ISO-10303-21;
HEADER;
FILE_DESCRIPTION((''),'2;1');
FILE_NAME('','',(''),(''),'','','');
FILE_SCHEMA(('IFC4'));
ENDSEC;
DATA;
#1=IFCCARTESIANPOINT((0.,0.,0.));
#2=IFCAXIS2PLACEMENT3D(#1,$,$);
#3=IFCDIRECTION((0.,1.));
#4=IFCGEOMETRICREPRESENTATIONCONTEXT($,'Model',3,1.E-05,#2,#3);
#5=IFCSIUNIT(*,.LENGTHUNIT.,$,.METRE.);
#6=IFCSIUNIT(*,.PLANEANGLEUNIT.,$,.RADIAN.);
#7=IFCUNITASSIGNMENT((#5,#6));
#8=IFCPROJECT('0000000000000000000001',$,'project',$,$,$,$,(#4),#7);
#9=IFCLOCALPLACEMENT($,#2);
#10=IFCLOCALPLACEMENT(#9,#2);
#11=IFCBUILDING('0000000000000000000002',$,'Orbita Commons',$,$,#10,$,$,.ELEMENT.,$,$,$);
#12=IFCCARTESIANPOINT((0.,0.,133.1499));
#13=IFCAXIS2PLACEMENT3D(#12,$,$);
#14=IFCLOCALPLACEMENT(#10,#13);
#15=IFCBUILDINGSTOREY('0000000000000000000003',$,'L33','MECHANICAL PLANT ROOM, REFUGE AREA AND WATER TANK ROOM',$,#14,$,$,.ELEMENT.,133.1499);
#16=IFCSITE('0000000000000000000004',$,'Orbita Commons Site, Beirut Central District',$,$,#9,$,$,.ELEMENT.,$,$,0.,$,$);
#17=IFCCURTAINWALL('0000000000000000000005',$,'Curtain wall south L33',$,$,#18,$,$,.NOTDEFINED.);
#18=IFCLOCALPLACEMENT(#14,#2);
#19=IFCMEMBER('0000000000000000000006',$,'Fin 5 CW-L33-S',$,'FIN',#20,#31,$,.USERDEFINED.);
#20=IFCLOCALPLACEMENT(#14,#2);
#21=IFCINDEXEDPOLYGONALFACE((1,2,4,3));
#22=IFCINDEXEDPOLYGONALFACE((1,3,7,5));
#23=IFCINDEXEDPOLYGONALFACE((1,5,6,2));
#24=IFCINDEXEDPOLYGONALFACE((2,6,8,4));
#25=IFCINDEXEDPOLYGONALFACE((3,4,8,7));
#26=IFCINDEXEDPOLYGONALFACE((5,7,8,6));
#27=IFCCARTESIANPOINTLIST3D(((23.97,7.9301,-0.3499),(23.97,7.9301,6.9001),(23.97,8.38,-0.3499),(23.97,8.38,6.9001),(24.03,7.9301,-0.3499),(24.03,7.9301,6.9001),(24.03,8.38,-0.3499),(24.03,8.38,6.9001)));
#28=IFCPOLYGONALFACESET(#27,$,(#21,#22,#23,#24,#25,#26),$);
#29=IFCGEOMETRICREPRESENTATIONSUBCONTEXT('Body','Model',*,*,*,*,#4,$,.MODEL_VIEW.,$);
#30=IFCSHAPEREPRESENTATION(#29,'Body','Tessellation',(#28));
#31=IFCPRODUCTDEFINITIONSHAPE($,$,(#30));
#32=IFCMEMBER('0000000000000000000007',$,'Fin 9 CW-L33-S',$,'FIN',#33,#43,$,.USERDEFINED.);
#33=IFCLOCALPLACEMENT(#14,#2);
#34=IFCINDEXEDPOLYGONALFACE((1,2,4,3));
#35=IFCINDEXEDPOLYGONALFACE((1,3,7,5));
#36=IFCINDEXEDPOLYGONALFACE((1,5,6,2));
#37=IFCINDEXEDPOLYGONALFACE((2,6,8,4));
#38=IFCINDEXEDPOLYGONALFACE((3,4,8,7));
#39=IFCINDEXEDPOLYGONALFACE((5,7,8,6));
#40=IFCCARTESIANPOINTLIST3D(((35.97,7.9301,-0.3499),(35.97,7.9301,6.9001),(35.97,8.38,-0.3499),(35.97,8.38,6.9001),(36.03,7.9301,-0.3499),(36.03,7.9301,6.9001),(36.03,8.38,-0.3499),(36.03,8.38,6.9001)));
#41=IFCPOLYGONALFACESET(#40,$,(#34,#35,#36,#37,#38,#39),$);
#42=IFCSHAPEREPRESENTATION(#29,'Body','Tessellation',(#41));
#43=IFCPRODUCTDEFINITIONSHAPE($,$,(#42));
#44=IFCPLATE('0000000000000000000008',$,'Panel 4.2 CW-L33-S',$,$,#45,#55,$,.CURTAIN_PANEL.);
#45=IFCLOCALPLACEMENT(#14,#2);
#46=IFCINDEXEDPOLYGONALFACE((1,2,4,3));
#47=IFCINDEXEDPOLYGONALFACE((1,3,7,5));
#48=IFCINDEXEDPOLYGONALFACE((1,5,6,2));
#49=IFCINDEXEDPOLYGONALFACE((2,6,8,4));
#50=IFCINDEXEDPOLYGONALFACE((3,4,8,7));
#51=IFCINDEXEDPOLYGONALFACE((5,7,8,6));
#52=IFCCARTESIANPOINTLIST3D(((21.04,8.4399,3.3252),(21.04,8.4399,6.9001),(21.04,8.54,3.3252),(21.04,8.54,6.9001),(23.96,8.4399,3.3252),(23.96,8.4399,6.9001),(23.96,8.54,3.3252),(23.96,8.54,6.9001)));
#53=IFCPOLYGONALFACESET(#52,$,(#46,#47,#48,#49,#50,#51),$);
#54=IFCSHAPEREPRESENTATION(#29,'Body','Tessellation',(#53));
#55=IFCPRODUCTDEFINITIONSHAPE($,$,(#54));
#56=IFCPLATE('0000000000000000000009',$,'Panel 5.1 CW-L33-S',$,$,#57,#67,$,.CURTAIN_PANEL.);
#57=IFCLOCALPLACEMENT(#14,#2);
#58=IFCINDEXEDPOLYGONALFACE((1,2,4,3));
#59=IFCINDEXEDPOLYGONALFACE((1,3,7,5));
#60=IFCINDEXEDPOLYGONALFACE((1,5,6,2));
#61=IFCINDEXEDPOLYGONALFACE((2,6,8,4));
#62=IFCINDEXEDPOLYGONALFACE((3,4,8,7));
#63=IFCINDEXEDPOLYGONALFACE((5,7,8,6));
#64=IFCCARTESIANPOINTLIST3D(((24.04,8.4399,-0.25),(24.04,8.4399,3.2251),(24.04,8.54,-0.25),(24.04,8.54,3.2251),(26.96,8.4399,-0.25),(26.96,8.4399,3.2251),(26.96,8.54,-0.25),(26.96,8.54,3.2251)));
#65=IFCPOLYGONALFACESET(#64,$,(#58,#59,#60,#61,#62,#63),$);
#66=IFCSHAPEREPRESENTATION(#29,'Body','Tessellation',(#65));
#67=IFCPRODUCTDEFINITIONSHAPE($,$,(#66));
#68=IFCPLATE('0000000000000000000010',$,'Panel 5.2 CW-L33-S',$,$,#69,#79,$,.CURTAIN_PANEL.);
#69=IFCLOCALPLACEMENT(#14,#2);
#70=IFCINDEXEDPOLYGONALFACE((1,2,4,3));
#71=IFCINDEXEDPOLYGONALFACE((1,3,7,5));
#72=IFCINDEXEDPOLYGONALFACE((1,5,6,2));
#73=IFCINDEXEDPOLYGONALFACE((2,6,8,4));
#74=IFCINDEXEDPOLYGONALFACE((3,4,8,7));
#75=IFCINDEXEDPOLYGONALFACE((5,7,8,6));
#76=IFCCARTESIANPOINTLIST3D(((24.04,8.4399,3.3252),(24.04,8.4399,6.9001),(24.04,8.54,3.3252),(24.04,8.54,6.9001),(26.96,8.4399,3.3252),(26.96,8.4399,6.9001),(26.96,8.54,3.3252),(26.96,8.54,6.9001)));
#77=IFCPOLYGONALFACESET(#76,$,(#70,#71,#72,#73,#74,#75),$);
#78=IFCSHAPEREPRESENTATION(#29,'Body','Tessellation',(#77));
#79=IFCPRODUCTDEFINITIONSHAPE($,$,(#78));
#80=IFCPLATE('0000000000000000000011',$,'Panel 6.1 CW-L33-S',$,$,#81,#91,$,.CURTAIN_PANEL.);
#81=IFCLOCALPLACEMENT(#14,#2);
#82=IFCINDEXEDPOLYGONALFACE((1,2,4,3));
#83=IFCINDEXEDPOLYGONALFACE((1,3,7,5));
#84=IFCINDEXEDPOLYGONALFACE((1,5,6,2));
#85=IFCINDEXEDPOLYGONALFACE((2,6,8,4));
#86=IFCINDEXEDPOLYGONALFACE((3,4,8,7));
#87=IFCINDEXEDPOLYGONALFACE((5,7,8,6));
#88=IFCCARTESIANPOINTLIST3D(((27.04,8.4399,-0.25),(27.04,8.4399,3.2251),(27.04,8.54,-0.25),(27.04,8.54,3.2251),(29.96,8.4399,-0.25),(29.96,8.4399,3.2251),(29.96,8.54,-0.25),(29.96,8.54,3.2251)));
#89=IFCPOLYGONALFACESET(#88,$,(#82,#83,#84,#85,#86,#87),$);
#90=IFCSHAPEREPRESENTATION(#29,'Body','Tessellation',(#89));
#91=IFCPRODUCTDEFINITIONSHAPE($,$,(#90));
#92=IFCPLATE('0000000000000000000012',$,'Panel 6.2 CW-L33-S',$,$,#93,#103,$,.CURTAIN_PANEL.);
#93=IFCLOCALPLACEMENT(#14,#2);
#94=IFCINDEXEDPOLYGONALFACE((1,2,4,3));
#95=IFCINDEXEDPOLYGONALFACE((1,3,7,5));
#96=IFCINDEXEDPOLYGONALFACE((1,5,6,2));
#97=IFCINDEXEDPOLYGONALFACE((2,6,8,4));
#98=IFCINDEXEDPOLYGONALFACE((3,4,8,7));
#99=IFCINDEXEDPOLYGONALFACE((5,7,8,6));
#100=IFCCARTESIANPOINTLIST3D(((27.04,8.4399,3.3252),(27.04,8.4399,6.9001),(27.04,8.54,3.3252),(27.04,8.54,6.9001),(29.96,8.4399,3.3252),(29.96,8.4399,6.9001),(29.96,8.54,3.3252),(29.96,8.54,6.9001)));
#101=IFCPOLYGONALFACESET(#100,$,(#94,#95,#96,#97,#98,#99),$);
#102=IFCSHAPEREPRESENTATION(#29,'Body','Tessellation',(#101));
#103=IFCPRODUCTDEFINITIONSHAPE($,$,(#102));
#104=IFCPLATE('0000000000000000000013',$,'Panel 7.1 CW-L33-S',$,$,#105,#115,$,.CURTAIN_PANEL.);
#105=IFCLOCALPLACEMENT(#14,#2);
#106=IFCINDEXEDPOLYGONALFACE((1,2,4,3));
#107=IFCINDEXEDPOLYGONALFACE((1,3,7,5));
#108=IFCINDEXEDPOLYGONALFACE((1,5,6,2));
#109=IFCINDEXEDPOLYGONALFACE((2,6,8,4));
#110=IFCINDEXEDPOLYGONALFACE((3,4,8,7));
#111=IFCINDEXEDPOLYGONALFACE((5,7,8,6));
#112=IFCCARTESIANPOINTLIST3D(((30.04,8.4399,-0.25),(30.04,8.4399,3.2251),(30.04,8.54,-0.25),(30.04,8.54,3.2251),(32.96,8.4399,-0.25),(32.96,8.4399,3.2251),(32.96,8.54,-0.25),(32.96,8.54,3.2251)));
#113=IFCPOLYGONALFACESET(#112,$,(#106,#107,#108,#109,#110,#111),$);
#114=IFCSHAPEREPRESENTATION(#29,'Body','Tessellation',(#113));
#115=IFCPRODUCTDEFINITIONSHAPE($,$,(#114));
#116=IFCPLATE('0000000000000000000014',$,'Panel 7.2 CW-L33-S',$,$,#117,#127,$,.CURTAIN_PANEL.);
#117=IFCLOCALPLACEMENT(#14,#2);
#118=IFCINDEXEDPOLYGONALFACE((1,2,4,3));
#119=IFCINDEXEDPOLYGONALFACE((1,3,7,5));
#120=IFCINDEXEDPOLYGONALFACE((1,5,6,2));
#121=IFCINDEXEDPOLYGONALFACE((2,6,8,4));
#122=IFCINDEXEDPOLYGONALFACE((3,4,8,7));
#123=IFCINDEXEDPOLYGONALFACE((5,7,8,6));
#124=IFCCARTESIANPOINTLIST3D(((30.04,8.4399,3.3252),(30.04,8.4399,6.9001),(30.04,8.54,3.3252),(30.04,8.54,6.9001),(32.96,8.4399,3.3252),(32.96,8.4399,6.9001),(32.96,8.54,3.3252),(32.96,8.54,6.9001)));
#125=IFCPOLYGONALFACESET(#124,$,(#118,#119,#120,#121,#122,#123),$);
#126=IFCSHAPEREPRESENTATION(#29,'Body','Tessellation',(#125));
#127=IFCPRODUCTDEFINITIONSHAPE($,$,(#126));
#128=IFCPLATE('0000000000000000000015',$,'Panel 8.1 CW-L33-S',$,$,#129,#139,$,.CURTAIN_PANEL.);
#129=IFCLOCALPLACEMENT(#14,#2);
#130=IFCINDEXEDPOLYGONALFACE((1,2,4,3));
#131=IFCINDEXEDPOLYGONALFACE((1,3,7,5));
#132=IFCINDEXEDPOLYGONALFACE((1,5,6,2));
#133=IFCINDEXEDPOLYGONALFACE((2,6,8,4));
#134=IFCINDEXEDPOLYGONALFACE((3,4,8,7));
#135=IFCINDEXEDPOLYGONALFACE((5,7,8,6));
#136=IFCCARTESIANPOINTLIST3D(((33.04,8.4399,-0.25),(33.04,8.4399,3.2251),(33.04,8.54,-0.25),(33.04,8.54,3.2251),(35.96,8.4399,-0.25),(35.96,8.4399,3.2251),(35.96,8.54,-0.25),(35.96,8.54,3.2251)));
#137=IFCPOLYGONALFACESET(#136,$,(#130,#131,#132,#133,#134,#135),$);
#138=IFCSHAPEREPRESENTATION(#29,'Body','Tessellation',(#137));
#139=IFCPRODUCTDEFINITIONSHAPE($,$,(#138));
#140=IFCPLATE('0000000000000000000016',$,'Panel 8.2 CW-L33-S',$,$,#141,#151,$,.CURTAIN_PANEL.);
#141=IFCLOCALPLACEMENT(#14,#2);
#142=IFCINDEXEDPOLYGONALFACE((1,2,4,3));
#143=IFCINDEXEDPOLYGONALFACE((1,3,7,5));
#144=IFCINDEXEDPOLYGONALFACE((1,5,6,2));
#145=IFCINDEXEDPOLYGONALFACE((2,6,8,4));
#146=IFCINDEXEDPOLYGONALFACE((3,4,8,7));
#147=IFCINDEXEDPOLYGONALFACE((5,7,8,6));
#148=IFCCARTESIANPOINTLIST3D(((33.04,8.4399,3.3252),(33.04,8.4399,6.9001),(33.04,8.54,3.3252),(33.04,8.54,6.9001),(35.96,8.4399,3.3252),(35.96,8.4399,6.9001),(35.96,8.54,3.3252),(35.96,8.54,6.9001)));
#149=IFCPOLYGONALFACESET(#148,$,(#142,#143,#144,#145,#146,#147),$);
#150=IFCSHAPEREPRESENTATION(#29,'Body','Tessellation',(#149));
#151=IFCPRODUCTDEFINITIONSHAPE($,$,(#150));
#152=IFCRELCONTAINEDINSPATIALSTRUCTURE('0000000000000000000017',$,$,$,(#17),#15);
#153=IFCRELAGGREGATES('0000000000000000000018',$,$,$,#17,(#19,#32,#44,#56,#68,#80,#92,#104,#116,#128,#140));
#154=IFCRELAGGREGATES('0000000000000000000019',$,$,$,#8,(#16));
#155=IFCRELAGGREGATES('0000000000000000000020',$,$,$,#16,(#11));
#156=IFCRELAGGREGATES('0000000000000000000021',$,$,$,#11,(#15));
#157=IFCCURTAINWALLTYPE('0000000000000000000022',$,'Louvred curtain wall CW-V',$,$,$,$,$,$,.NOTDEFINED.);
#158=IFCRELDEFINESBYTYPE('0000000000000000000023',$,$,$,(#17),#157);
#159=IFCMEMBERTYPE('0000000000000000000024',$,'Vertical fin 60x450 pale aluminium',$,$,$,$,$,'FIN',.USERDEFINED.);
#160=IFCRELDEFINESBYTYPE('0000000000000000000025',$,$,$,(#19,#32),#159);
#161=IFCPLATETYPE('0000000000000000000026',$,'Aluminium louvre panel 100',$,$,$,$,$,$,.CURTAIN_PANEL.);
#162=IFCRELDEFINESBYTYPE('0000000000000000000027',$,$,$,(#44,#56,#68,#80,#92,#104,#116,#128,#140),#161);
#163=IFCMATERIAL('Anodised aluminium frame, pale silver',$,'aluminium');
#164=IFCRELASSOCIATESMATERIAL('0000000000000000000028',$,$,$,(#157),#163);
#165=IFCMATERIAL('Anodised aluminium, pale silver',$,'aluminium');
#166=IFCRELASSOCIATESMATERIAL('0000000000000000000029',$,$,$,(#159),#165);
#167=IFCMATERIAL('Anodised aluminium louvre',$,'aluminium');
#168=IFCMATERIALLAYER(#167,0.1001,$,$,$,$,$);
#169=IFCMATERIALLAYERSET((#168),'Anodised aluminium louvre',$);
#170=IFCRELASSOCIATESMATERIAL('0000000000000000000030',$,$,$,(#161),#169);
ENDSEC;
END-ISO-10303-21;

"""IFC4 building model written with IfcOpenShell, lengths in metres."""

from ifc_helpers import new_model, si_unit, direction, frame, origin, origin_2d, place, context, subcontext, project, spatial, rectangle, extrude, material, layer, layer_set, material_profile, profile_set, type_object, element, aggregate, save


model = new_model("IFC4")

# Units and contexts
model_context = context("Model", 3, precision=1e-05, world=origin(), true_north=direction((0.0, 1.0)))
body_context = subcontext(model_context, "Body", "Model", "MODEL_VIEW")
ifc_project = project(units=[si_unit("LENGTHUNIT", "METRE"), si_unit("PLANEANGLEUNIT", "RADIAN")], contexts=[model_context])

# Site, building, storey
site_placement = place(None, origin())
site = spatial("IfcSite", under=ifc_project, at=site_placement, Name="Orbita Commons Site, Beirut Central District", CompositionType="ELEMENT", RefElevation=0.0)
building_placement = place(site_placement, origin())
building = spatial("IfcBuilding", under=site, at=building_placement, Name="Orbita Commons", CompositionType="ELEMENT")
storey_placement = place(building_placement, frame((0.0, 0.0, 133.1499)))
storey = spatial("IfcBuildingStorey", under=building, at=storey_placement, Name="L33", Description="MECHANICAL PLANT ROOM, REFUGE AREA AND WATER TANK ROOM", CompositionType="ELEMENT", Elevation=133.1499)

# Curtain wall, members, plates
ifc_material_1 = material(Name="Anodised aluminium frame, pale silver", Category="aluminium")
curtain_wall_type = type_object("IfcCurtainWallType", Name="Louvred curtain wall CW-V", PredefinedType="NOTDEFINED", material=ifc_material_1)
curtain_wall_placement = place(storey_placement, origin())
curtain_wall = element("IfcCurtainWall", 1, at=curtain_wall_placement, inside=storey, type_object=curtain_wall_type, Name="Curtain wall south L33", PredefinedType="NOTDEFINED")
ifc_material_2 = material(Name="Anodised aluminium, pale silver", Category="aluminium")
ifc_material_profile_1 = material_profile(ifc_material_2, rectangle(XDim=0.0601, YDim=0.45, at=origin_2d()), Name="FIN 60x450")
ifc_profile_set_1 = profile_set([ifc_material_profile_1], Name="Anodised aluminium, pale silver")
member_type_1 = type_object("IfcMemberType", Name="Vertical fin 60x450 pale aluminium", ElementType="FIN", PredefinedType="USERDEFINED", material=ifc_profile_set_1)
member_1_placement = place(storey_placement, frame((24.0, 8.155, -0.3499), z_axis=(0.0, 0.0, 1.0), x_axis=(1.0, 0.0, 0.0)))
member_1 = element("IfcMember", 2, at=member_1_placement, type_object=member_type_1, Name="Fin 5 CW-L33-S", ObjectType="FIN", PredefinedType="USERDEFINED", context=body_context, shape_type="SweptSolid", body=[
    extrude(rectangle(XDim=0.0601, YDim=0.45, at=origin_2d()), origin(), (0.0, 0.0, 1.0), 7.25),
])
member_2_placement = place(storey_placement, frame((36.0, 8.155, -0.3499), z_axis=(0.0, 0.0, 1.0), x_axis=(1.0, 0.0, 0.0)))
member_2 = element("IfcMember", 3, at=member_2_placement, type_object=member_type_1, Name="Fin 9 CW-L33-S", ObjectType="FIN", PredefinedType="USERDEFINED", context=body_context, shape_type="SweptSolid", body=[
    extrude(rectangle(XDim=0.0601, YDim=0.45, at=origin_2d()), origin(), (0.0, 0.0, 1.0), 7.25),
])
ifc_material_3 = material(Name="Anodised aluminium louvre", Category="aluminium")
ifc_layer = layer(ifc_material_3, 0.1001)
ifc_layer_set = layer_set([ifc_layer], Name="Anodised aluminium louvre")
plate_type = type_object("IfcPlateType", Name="Aluminium louvre panel 100", PredefinedType="CURTAIN_PANEL", material=ifc_layer_set)
plate_1_placement = place(storey_placement, frame((22.5, 8.49, 3.3252), z_axis=(0.0, 0.0, 1.0), x_axis=(1.0, 0.0, 0.0)))
plate_1 = element("IfcPlate", 4, at=plate_1_placement, type_object=plate_type, Name="Panel 4.2 CW-L33-S", PredefinedType="CURTAIN_PANEL", context=body_context, shape_type="SweptSolid", body=[
    extrude(rectangle(XDim=2.9199, YDim=0.1001, at=origin_2d()), origin(), (0.0, 0.0, 1.0), 3.575),
])
plate_2_placement = place(storey_placement, frame((25.5, 8.49, -0.25), z_axis=(0.0, 0.0, 1.0), x_axis=(1.0, 0.0, 0.0)))
plate_2 = element("IfcPlate", 5, at=plate_2_placement, type_object=plate_type, Name="Panel 5.1 CW-L33-S", PredefinedType="CURTAIN_PANEL", context=body_context, shape_type="SweptSolid", body=[
    extrude(rectangle(XDim=2.9199, YDim=0.1001, at=origin_2d()), origin(), (0.0, 0.0, 1.0), 3.4751),
])
plate_3_placement = place(storey_placement, frame((25.5, 8.49, 3.3252), z_axis=(0.0, 0.0, 1.0), x_axis=(1.0, 0.0, 0.0)))
plate_3 = element("IfcPlate", 6, at=plate_3_placement, type_object=plate_type, Name="Panel 5.2 CW-L33-S", PredefinedType="CURTAIN_PANEL", context=body_context, shape_type="SweptSolid", body=[
    extrude(rectangle(XDim=2.9199, YDim=0.1001, at=origin_2d()), origin(), (0.0, 0.0, 1.0), 3.575),
])
plate_4_placement = place(storey_placement, frame((28.5, 8.49, -0.25), z_axis=(0.0, 0.0, 1.0), x_axis=(1.0, 0.0, 0.0)))
plate_4 = element("IfcPlate", 7, at=plate_4_placement, type_object=plate_type, Name="Panel 6.1 CW-L33-S", PredefinedType="CURTAIN_PANEL", context=body_context, shape_type="SweptSolid", body=[
    extrude(rectangle(XDim=2.9199, YDim=0.1001, at=origin_2d()), origin(), (0.0, 0.0, 1.0), 3.4751),
])
plate_5_placement = place(storey_placement, frame((28.5, 8.49, 3.3252), z_axis=(0.0, 0.0, 1.0), x_axis=(1.0, 0.0, 0.0)))
plate_5 = element("IfcPlate", 8, at=plate_5_placement, type_object=plate_type, Name="Panel 6.2 CW-L33-S", PredefinedType="CURTAIN_PANEL", context=body_context, shape_type="SweptSolid", body=[
    extrude(rectangle(XDim=2.9199, YDim=0.1001, at=origin_2d()), origin(), (0.0, 0.0, 1.0), 3.575),
])
plate_6_placement = place(storey_placement, frame((31.5, 8.49, -0.25), z_axis=(0.0, 0.0, 1.0), x_axis=(1.0, 0.0, 0.0)))
plate_6 = element("IfcPlate", 9, at=plate_6_placement, type_object=plate_type, Name="Panel 7.1 CW-L33-S", PredefinedType="CURTAIN_PANEL", context=body_context, shape_type="SweptSolid", body=[
    extrude(rectangle(XDim=2.9199, YDim=0.1001, at=origin_2d()), origin(), (0.0, 0.0, 1.0), 3.4751),
])
plate_7_placement = place(storey_placement, frame((31.5, 8.49, 3.3252), z_axis=(0.0, 0.0, 1.0), x_axis=(1.0, 0.0, 0.0)))
plate_7 = element("IfcPlate", 10, at=plate_7_placement, type_object=plate_type, Name="Panel 7.2 CW-L33-S", PredefinedType="CURTAIN_PANEL", context=body_context, shape_type="SweptSolid", body=[
    extrude(rectangle(XDim=2.9199, YDim=0.1001, at=origin_2d()), origin(), (0.0, 0.0, 1.0), 3.575),
])
plate_8_placement = place(storey_placement, frame((34.5, 8.49, -0.25), z_axis=(0.0, 0.0, 1.0), x_axis=(1.0, 0.0, 0.0)))
plate_8 = element("IfcPlate", 11, at=plate_8_placement, type_object=plate_type, Name="Panel 8.1 CW-L33-S", PredefinedType="CURTAIN_PANEL", context=body_context, shape_type="SweptSolid", body=[
    extrude(rectangle(XDim=2.9199, YDim=0.1001, at=origin_2d()), origin(), (0.0, 0.0, 1.0), 3.4751),
])
plate_9_placement = place(storey_placement, frame((34.5, 8.49, 3.3252), z_axis=(0.0, 0.0, 1.0), x_axis=(1.0, 0.0, 0.0)))
plate_9 = element("IfcPlate", 12, at=plate_9_placement, type_object=plate_type, Name="Panel 8.2 CW-L33-S", PredefinedType="CURTAIN_PANEL", context=body_context, shape_type="SweptSolid", body=[
    extrude(rectangle(XDim=2.9199, YDim=0.1001, at=origin_2d()), origin(), (0.0, 0.0, 1.0), 3.575),
])
aggregate(curtain_wall, [member_1, member_2, plate_1, plate_2, plate_3, plate_4, plate_5, plate_6, plate_7, plate_8, plate_9])

save(model, "model.ifc")
